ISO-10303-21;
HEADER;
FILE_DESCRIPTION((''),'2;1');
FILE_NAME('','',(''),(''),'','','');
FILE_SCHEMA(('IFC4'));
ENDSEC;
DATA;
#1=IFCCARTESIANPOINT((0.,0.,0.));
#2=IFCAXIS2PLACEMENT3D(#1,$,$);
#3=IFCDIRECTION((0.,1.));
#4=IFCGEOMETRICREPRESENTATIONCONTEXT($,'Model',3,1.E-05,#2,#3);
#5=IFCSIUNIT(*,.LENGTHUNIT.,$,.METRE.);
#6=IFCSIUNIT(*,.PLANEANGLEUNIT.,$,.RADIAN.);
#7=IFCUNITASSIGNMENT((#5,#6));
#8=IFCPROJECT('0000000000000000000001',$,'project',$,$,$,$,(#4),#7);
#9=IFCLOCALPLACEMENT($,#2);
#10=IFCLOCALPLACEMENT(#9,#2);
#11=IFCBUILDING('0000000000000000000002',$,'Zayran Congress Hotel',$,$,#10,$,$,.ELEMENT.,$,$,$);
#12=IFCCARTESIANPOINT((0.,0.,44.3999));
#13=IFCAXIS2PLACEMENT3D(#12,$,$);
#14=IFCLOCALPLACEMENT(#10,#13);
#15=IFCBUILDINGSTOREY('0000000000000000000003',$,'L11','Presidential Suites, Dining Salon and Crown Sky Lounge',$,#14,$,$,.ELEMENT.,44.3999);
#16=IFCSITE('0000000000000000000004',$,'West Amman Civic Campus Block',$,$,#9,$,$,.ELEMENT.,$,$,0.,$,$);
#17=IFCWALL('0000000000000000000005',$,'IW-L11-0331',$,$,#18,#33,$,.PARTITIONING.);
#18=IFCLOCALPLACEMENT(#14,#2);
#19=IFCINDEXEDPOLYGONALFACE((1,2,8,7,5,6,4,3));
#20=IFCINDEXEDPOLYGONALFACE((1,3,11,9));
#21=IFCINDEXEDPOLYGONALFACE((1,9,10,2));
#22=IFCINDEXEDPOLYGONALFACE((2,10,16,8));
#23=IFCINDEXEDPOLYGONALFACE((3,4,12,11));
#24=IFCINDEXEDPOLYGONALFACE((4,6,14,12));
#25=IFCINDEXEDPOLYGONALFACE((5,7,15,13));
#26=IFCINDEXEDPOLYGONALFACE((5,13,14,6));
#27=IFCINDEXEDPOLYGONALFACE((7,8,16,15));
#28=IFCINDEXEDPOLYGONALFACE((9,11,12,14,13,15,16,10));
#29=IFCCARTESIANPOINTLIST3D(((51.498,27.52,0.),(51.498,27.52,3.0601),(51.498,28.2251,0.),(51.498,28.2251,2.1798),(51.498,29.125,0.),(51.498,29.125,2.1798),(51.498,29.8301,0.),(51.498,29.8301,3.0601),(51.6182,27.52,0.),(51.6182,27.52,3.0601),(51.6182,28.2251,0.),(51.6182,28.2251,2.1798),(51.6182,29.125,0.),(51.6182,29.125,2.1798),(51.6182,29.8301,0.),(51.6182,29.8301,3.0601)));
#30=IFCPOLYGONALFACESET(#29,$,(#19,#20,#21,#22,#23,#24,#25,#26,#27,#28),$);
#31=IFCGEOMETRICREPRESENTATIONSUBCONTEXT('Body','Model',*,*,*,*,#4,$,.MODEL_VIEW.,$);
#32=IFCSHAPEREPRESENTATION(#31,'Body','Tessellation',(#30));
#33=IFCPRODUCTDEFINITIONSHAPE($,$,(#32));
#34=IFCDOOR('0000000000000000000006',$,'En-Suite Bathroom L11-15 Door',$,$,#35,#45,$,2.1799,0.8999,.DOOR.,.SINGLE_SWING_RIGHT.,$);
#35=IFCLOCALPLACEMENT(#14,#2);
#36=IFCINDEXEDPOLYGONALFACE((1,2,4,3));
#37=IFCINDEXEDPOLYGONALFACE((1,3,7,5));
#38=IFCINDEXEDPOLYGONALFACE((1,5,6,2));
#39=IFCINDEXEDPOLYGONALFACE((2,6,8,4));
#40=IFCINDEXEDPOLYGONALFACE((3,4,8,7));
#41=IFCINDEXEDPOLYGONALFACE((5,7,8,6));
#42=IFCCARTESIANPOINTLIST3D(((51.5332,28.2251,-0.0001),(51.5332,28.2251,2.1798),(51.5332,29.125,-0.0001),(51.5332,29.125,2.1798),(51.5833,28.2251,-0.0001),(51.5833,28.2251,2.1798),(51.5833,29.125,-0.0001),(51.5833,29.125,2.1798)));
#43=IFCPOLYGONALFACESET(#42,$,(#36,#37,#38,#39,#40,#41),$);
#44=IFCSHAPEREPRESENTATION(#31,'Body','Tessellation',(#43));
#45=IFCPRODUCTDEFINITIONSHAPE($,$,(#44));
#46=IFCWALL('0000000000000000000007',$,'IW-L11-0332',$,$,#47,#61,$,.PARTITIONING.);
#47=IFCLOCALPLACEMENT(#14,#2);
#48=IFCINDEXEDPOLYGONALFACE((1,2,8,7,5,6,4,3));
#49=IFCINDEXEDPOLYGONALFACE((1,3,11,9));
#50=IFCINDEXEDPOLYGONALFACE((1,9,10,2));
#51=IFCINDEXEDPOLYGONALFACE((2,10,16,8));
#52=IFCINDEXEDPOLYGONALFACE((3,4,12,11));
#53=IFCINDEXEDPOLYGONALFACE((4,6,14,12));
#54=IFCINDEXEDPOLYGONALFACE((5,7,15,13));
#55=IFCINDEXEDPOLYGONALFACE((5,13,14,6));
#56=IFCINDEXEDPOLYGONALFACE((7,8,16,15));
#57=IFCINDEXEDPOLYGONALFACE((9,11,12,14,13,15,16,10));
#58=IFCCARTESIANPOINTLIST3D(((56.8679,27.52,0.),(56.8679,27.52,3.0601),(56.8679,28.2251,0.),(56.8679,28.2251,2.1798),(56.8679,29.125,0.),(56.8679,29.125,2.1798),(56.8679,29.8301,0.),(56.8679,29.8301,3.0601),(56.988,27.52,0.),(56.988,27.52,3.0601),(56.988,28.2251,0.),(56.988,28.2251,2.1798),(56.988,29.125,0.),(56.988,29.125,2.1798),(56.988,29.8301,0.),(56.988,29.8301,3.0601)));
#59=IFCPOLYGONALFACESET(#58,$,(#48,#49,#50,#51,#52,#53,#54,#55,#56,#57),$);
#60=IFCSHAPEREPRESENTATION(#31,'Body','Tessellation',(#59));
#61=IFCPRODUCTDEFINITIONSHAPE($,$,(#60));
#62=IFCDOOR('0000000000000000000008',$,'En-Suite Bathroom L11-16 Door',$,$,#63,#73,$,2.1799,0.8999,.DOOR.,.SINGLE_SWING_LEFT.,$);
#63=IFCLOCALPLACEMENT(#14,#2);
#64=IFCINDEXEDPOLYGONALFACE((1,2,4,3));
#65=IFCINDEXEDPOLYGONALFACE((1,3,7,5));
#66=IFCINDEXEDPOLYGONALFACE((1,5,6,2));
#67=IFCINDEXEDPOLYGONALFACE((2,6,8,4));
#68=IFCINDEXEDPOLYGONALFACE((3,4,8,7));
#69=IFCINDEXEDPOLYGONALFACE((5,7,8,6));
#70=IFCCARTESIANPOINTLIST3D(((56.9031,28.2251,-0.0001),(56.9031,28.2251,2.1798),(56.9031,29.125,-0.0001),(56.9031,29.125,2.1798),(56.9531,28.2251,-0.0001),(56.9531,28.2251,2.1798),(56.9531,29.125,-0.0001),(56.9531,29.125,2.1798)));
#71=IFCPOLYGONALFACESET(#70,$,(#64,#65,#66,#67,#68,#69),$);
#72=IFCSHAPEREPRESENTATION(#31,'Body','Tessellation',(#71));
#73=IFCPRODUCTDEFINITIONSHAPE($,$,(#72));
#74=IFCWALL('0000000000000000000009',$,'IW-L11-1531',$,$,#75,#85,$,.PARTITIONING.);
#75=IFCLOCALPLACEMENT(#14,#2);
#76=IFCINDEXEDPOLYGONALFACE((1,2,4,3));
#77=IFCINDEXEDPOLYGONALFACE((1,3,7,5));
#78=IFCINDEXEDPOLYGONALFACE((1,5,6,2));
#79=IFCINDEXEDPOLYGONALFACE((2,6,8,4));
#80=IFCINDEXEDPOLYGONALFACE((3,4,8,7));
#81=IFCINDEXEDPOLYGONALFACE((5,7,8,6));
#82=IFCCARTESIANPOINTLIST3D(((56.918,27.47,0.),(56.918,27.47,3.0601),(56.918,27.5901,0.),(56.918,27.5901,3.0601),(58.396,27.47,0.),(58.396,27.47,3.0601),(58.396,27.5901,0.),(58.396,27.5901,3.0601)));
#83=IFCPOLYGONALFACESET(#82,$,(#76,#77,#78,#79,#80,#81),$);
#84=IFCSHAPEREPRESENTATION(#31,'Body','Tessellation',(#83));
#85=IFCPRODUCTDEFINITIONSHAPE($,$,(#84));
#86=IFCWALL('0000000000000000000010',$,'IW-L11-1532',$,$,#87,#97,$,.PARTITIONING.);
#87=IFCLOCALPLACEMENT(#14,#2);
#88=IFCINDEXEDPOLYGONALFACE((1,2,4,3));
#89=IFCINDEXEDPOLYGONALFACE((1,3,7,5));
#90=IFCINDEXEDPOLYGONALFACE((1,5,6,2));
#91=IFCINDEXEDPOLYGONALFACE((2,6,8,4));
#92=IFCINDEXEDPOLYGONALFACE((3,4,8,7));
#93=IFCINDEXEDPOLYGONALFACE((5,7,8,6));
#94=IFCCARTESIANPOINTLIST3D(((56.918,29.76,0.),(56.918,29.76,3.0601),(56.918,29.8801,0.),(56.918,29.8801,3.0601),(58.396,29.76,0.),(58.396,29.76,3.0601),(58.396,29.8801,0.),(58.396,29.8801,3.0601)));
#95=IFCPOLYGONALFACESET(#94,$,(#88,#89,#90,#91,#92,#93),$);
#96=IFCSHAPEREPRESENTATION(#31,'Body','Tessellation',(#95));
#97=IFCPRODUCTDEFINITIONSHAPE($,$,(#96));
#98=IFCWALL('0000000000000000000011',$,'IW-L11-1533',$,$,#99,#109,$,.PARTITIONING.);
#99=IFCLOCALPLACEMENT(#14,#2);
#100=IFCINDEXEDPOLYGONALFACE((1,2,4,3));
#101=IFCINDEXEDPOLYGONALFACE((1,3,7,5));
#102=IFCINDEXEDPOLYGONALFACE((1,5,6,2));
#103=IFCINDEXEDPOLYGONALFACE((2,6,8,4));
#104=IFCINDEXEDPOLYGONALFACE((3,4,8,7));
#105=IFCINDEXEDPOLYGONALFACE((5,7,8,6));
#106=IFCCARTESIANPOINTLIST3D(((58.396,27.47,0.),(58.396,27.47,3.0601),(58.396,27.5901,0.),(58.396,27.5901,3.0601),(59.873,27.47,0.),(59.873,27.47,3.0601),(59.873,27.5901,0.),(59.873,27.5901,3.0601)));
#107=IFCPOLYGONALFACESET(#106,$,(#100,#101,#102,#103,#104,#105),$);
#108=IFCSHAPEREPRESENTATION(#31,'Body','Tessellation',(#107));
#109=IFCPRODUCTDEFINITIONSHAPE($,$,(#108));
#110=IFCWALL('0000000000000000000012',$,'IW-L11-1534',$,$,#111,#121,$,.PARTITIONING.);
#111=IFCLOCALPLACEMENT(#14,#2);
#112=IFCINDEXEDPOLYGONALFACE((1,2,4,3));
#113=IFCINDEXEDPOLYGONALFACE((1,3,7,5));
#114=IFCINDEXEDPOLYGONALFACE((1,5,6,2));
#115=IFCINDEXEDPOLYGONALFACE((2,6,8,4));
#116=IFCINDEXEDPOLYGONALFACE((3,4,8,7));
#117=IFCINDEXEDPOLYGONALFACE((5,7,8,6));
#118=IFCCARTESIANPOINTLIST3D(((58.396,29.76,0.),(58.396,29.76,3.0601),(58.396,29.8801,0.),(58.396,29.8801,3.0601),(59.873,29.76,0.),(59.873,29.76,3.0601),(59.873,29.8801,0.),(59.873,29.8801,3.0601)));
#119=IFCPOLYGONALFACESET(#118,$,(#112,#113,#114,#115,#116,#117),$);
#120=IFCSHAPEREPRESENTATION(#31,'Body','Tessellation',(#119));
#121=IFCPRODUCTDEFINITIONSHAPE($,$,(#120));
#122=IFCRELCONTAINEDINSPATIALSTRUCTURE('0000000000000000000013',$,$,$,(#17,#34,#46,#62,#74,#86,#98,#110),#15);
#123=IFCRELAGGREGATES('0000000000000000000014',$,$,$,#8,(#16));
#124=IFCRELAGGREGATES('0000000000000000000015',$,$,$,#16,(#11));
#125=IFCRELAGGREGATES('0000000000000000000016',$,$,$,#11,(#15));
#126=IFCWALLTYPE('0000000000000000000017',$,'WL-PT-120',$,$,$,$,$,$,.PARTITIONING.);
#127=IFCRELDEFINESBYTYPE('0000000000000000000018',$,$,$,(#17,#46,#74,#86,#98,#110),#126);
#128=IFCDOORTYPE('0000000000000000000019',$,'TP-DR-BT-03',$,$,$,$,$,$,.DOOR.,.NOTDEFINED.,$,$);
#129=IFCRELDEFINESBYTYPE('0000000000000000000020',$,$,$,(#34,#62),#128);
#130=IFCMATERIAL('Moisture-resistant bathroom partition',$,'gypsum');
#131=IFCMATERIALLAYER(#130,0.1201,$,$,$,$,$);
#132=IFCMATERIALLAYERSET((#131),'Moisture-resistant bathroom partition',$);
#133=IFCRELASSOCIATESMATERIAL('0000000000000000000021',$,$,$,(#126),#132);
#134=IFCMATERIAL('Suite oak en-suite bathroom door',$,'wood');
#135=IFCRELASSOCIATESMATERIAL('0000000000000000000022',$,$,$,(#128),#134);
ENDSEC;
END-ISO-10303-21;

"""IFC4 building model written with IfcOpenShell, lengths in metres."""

from ifc_helpers import new_model, si_unit, direction, frame, frame_2d, origin, place, context, subcontext, project, spatial, rectangle, extrude, material, layer, layer_set, type_object, element, fill, save


model = new_model("IFC4")

# Units and contexts
model_context = context("Model", 3, precision=1e-05, world=origin(), true_north=direction((0.0, 1.0)))
body_context = subcontext(model_context, "Body", "Model", "MODEL_VIEW")
ifc_project = project(units=[si_unit("LENGTHUNIT", "METRE"), si_unit("PLANEANGLEUNIT", "RADIAN")], contexts=[model_context])

# Site, building, storey
site_placement = place(None, origin())
site = spatial("IfcSite", under=ifc_project, at=site_placement, Name="West Amman Civic Campus Block", CompositionType="ELEMENT", RefElevation=0.0)
building_placement = place(site_placement, origin())
building = spatial("IfcBuilding", under=site, at=building_placement, Name="Zayran Congress Hotel", CompositionType="ELEMENT")
storey_placement = place(building_placement, frame((0.0, 0.0, 44.3999)))
storey = spatial("IfcBuildingStorey", under=building, at=storey_placement, Name="L11", Description="Presidential Suites, Dining Salon and Crown Sky Lounge", CompositionType="ELEMENT", Elevation=44.3999)

# Walls, openings, doors
ifc_material_1 = material(Name="Moisture-resistant bathroom partition", Category="gypsum")
ifc_layer_1 = layer(ifc_material_1, 0.1201)
ifc_layer_set_1 = layer_set([ifc_layer_1], Name="Moisture-resistant bathroom partition")
wall_type_1 = type_object("IfcWallType", Name="WL-PT-120", PredefinedType="PARTITIONING", material=ifc_layer_set_1)
wall_1_placement = place(storey_placement, frame((51.5581, 27.52, 0.0), z_axis=(0.0, 0.0, 1.0), x_axis=(0.0, 1.0, 0.0)))
wall_1 = element("IfcWall", 1, at=wall_1_placement, inside=storey, type_object=wall_type_1, Name="IW-L11-0331", PredefinedType="PARTITIONING", context=body_context, shape_type="SweptSolid", body=[
    extrude(rectangle(XDim=2.3101, YDim=0.1201, at=frame_2d((1.155, 0.0))), origin(), (0.0, 0.0, 1.0), 3.0601),
])
opening_1_placement = place(wall_1_placement, frame((0.7051, 0.0, 0.0)))
opening_1 = element("IfcOpeningElement", 2, at=opening_1_placement, cuts=wall_1, PredefinedType="OPENING", context=body_context, shape_type="SweptSolid", body=[
    extrude(rectangle(XDim=0.8999, YDim=2.1799, at=frame_2d((0.45, 1.0898))), frame((0.0, 0.0701, 0.0), z_axis=(0.0, -1.0, 0.0), x_axis=(1.0, 0.0, 0.0)), (0.0, 0.0, 1.0), 0.1401),
])
ifc_material_2 = material(Name="Suite oak en-suite bathroom door", Category="wood")
door_type_1 = type_object("IfcDoorType", Name="TP-DR-BT-03", OperationType="NOTDEFINED", PredefinedType="DOOR", material=ifc_material_2)
door_1_placement = place(opening_1_placement, origin())
door_1 = element("IfcDoor", 3, at=door_1_placement, inside=storey, type_object=door_type_1, Name="En-Suite Bathroom L11-15 Door", OperationType="SINGLE_SWING_RIGHT", OverallHeight=2.1799, OverallWidth=0.8999, PredefinedType="DOOR", context=body_context, shape_type="SweptSolid", body=[
    extrude(rectangle(XDim=0.8999, YDim=2.1799, at=frame_2d((0.45, 1.0898))), frame((0.0, 0.0249, 0.0), z_axis=(0.0, -1.0, 0.0), x_axis=(1.0, 0.0, 0.0)), (0.0, 0.0, 1.0), 0.05),
])
fill(opening_1, door_1)
wall_2_placement = place(storey_placement, frame((56.928, 27.52, 0.0), z_axis=(0.0, 0.0, 1.0), x_axis=(0.0, 1.0, 0.0)))
wall_2 = element("IfcWall", 4, at=wall_2_placement, inside=storey, type_object=wall_type_1, Name="IW-L11-0332", PredefinedType="PARTITIONING", context=body_context, shape_type="SweptSolid", body=[
    extrude(rectangle(XDim=2.3101, YDim=0.1201, at=frame_2d((1.155, 0.0))), origin(), (0.0, 0.0, 1.0), 3.0601),
])
opening_2_placement = place(wall_2_placement, frame((0.7051, 0.0, 0.0)))
opening_2 = element("IfcOpeningElement", 5, at=opening_2_placement, cuts=wall_2, PredefinedType="OPENING", context=body_context, shape_type="SweptSolid", body=[
    extrude(rectangle(XDim=0.8999, YDim=2.1799, at=frame_2d((0.45, 1.0898))), frame((0.0, 0.0701, 0.0), z_axis=(0.0, -1.0, 0.0), x_axis=(1.0, 0.0, 0.0)), (0.0, 0.0, 1.0), 0.1401),
])
door_2_placement = place(opening_2_placement, origin())
door_2 = element("IfcDoor", 6, at=door_2_placement, inside=storey, type_object=door_type_1, Name="En-Suite Bathroom L11-16 Door", OperationType="SINGLE_SWING_LEFT", OverallHeight=2.1799, OverallWidth=0.8999, PredefinedType="DOOR", context=body_context, shape_type="SweptSolid", body=[
    extrude(rectangle(XDim=0.8999, YDim=2.1799, at=frame_2d((0.45, 1.0898))), frame((0.0, 0.0249, 0.0), z_axis=(0.0, -1.0, 0.0), x_axis=(1.0, 0.0, 0.0)), (0.0, 0.0, 1.0), 0.05),
])
fill(opening_2, door_2)

# Walls
for number, where, z_axis, x_axis, name in (
    (7, (56.918, 27.53, 0.0), (0.0, 0.0, 1.0), (1.0, 0.0, 0.0), "IW-L11-1531"),
    (8, (56.918, 29.8201, 0.0), (0.0, 0.0, 1.0), (1.0, 0.0, 0.0), "IW-L11-1532"),
):
    element("IfcWall", number, at=place(storey_placement, frame(where, z_axis=z_axis, x_axis=x_axis)), inside=storey, type_object=wall_type_1, Name=name, PredefinedType="PARTITIONING", context=body_context, shape_type="SweptSolid", body=[
        extrude(rectangle(XDim=1.478, YDim=0.1201, at=frame_2d((0.739, 0.0))), origin(), (0.0, 0.0, 1.0), 3.0601),
    ])
for number, where, z_axis, x_axis, name in (
    (9, (58.396, 27.53, 0.0), (0.0, 0.0, 1.0), (1.0, 0.0, 0.0), "IW-L11-1533"),
    (10, (58.396, 29.8201, 0.0), (0.0, 0.0, 1.0), (1.0, 0.0, 0.0), "IW-L11-1534"),
):
    element("IfcWall", number, at=place(storey_placement, frame(where, z_axis=z_axis, x_axis=x_axis)), inside=storey, type_object=wall_type_1, Name=name, PredefinedType="PARTITIONING", context=body_context, shape_type="SweptSolid", body=[
        extrude(rectangle(XDim=1.4771, YDim=0.1201, at=frame_2d((0.7385, 0.0))), origin(), (0.0, 0.0, 1.0), 3.0601),
    ])

save(model, "model.ifc")
